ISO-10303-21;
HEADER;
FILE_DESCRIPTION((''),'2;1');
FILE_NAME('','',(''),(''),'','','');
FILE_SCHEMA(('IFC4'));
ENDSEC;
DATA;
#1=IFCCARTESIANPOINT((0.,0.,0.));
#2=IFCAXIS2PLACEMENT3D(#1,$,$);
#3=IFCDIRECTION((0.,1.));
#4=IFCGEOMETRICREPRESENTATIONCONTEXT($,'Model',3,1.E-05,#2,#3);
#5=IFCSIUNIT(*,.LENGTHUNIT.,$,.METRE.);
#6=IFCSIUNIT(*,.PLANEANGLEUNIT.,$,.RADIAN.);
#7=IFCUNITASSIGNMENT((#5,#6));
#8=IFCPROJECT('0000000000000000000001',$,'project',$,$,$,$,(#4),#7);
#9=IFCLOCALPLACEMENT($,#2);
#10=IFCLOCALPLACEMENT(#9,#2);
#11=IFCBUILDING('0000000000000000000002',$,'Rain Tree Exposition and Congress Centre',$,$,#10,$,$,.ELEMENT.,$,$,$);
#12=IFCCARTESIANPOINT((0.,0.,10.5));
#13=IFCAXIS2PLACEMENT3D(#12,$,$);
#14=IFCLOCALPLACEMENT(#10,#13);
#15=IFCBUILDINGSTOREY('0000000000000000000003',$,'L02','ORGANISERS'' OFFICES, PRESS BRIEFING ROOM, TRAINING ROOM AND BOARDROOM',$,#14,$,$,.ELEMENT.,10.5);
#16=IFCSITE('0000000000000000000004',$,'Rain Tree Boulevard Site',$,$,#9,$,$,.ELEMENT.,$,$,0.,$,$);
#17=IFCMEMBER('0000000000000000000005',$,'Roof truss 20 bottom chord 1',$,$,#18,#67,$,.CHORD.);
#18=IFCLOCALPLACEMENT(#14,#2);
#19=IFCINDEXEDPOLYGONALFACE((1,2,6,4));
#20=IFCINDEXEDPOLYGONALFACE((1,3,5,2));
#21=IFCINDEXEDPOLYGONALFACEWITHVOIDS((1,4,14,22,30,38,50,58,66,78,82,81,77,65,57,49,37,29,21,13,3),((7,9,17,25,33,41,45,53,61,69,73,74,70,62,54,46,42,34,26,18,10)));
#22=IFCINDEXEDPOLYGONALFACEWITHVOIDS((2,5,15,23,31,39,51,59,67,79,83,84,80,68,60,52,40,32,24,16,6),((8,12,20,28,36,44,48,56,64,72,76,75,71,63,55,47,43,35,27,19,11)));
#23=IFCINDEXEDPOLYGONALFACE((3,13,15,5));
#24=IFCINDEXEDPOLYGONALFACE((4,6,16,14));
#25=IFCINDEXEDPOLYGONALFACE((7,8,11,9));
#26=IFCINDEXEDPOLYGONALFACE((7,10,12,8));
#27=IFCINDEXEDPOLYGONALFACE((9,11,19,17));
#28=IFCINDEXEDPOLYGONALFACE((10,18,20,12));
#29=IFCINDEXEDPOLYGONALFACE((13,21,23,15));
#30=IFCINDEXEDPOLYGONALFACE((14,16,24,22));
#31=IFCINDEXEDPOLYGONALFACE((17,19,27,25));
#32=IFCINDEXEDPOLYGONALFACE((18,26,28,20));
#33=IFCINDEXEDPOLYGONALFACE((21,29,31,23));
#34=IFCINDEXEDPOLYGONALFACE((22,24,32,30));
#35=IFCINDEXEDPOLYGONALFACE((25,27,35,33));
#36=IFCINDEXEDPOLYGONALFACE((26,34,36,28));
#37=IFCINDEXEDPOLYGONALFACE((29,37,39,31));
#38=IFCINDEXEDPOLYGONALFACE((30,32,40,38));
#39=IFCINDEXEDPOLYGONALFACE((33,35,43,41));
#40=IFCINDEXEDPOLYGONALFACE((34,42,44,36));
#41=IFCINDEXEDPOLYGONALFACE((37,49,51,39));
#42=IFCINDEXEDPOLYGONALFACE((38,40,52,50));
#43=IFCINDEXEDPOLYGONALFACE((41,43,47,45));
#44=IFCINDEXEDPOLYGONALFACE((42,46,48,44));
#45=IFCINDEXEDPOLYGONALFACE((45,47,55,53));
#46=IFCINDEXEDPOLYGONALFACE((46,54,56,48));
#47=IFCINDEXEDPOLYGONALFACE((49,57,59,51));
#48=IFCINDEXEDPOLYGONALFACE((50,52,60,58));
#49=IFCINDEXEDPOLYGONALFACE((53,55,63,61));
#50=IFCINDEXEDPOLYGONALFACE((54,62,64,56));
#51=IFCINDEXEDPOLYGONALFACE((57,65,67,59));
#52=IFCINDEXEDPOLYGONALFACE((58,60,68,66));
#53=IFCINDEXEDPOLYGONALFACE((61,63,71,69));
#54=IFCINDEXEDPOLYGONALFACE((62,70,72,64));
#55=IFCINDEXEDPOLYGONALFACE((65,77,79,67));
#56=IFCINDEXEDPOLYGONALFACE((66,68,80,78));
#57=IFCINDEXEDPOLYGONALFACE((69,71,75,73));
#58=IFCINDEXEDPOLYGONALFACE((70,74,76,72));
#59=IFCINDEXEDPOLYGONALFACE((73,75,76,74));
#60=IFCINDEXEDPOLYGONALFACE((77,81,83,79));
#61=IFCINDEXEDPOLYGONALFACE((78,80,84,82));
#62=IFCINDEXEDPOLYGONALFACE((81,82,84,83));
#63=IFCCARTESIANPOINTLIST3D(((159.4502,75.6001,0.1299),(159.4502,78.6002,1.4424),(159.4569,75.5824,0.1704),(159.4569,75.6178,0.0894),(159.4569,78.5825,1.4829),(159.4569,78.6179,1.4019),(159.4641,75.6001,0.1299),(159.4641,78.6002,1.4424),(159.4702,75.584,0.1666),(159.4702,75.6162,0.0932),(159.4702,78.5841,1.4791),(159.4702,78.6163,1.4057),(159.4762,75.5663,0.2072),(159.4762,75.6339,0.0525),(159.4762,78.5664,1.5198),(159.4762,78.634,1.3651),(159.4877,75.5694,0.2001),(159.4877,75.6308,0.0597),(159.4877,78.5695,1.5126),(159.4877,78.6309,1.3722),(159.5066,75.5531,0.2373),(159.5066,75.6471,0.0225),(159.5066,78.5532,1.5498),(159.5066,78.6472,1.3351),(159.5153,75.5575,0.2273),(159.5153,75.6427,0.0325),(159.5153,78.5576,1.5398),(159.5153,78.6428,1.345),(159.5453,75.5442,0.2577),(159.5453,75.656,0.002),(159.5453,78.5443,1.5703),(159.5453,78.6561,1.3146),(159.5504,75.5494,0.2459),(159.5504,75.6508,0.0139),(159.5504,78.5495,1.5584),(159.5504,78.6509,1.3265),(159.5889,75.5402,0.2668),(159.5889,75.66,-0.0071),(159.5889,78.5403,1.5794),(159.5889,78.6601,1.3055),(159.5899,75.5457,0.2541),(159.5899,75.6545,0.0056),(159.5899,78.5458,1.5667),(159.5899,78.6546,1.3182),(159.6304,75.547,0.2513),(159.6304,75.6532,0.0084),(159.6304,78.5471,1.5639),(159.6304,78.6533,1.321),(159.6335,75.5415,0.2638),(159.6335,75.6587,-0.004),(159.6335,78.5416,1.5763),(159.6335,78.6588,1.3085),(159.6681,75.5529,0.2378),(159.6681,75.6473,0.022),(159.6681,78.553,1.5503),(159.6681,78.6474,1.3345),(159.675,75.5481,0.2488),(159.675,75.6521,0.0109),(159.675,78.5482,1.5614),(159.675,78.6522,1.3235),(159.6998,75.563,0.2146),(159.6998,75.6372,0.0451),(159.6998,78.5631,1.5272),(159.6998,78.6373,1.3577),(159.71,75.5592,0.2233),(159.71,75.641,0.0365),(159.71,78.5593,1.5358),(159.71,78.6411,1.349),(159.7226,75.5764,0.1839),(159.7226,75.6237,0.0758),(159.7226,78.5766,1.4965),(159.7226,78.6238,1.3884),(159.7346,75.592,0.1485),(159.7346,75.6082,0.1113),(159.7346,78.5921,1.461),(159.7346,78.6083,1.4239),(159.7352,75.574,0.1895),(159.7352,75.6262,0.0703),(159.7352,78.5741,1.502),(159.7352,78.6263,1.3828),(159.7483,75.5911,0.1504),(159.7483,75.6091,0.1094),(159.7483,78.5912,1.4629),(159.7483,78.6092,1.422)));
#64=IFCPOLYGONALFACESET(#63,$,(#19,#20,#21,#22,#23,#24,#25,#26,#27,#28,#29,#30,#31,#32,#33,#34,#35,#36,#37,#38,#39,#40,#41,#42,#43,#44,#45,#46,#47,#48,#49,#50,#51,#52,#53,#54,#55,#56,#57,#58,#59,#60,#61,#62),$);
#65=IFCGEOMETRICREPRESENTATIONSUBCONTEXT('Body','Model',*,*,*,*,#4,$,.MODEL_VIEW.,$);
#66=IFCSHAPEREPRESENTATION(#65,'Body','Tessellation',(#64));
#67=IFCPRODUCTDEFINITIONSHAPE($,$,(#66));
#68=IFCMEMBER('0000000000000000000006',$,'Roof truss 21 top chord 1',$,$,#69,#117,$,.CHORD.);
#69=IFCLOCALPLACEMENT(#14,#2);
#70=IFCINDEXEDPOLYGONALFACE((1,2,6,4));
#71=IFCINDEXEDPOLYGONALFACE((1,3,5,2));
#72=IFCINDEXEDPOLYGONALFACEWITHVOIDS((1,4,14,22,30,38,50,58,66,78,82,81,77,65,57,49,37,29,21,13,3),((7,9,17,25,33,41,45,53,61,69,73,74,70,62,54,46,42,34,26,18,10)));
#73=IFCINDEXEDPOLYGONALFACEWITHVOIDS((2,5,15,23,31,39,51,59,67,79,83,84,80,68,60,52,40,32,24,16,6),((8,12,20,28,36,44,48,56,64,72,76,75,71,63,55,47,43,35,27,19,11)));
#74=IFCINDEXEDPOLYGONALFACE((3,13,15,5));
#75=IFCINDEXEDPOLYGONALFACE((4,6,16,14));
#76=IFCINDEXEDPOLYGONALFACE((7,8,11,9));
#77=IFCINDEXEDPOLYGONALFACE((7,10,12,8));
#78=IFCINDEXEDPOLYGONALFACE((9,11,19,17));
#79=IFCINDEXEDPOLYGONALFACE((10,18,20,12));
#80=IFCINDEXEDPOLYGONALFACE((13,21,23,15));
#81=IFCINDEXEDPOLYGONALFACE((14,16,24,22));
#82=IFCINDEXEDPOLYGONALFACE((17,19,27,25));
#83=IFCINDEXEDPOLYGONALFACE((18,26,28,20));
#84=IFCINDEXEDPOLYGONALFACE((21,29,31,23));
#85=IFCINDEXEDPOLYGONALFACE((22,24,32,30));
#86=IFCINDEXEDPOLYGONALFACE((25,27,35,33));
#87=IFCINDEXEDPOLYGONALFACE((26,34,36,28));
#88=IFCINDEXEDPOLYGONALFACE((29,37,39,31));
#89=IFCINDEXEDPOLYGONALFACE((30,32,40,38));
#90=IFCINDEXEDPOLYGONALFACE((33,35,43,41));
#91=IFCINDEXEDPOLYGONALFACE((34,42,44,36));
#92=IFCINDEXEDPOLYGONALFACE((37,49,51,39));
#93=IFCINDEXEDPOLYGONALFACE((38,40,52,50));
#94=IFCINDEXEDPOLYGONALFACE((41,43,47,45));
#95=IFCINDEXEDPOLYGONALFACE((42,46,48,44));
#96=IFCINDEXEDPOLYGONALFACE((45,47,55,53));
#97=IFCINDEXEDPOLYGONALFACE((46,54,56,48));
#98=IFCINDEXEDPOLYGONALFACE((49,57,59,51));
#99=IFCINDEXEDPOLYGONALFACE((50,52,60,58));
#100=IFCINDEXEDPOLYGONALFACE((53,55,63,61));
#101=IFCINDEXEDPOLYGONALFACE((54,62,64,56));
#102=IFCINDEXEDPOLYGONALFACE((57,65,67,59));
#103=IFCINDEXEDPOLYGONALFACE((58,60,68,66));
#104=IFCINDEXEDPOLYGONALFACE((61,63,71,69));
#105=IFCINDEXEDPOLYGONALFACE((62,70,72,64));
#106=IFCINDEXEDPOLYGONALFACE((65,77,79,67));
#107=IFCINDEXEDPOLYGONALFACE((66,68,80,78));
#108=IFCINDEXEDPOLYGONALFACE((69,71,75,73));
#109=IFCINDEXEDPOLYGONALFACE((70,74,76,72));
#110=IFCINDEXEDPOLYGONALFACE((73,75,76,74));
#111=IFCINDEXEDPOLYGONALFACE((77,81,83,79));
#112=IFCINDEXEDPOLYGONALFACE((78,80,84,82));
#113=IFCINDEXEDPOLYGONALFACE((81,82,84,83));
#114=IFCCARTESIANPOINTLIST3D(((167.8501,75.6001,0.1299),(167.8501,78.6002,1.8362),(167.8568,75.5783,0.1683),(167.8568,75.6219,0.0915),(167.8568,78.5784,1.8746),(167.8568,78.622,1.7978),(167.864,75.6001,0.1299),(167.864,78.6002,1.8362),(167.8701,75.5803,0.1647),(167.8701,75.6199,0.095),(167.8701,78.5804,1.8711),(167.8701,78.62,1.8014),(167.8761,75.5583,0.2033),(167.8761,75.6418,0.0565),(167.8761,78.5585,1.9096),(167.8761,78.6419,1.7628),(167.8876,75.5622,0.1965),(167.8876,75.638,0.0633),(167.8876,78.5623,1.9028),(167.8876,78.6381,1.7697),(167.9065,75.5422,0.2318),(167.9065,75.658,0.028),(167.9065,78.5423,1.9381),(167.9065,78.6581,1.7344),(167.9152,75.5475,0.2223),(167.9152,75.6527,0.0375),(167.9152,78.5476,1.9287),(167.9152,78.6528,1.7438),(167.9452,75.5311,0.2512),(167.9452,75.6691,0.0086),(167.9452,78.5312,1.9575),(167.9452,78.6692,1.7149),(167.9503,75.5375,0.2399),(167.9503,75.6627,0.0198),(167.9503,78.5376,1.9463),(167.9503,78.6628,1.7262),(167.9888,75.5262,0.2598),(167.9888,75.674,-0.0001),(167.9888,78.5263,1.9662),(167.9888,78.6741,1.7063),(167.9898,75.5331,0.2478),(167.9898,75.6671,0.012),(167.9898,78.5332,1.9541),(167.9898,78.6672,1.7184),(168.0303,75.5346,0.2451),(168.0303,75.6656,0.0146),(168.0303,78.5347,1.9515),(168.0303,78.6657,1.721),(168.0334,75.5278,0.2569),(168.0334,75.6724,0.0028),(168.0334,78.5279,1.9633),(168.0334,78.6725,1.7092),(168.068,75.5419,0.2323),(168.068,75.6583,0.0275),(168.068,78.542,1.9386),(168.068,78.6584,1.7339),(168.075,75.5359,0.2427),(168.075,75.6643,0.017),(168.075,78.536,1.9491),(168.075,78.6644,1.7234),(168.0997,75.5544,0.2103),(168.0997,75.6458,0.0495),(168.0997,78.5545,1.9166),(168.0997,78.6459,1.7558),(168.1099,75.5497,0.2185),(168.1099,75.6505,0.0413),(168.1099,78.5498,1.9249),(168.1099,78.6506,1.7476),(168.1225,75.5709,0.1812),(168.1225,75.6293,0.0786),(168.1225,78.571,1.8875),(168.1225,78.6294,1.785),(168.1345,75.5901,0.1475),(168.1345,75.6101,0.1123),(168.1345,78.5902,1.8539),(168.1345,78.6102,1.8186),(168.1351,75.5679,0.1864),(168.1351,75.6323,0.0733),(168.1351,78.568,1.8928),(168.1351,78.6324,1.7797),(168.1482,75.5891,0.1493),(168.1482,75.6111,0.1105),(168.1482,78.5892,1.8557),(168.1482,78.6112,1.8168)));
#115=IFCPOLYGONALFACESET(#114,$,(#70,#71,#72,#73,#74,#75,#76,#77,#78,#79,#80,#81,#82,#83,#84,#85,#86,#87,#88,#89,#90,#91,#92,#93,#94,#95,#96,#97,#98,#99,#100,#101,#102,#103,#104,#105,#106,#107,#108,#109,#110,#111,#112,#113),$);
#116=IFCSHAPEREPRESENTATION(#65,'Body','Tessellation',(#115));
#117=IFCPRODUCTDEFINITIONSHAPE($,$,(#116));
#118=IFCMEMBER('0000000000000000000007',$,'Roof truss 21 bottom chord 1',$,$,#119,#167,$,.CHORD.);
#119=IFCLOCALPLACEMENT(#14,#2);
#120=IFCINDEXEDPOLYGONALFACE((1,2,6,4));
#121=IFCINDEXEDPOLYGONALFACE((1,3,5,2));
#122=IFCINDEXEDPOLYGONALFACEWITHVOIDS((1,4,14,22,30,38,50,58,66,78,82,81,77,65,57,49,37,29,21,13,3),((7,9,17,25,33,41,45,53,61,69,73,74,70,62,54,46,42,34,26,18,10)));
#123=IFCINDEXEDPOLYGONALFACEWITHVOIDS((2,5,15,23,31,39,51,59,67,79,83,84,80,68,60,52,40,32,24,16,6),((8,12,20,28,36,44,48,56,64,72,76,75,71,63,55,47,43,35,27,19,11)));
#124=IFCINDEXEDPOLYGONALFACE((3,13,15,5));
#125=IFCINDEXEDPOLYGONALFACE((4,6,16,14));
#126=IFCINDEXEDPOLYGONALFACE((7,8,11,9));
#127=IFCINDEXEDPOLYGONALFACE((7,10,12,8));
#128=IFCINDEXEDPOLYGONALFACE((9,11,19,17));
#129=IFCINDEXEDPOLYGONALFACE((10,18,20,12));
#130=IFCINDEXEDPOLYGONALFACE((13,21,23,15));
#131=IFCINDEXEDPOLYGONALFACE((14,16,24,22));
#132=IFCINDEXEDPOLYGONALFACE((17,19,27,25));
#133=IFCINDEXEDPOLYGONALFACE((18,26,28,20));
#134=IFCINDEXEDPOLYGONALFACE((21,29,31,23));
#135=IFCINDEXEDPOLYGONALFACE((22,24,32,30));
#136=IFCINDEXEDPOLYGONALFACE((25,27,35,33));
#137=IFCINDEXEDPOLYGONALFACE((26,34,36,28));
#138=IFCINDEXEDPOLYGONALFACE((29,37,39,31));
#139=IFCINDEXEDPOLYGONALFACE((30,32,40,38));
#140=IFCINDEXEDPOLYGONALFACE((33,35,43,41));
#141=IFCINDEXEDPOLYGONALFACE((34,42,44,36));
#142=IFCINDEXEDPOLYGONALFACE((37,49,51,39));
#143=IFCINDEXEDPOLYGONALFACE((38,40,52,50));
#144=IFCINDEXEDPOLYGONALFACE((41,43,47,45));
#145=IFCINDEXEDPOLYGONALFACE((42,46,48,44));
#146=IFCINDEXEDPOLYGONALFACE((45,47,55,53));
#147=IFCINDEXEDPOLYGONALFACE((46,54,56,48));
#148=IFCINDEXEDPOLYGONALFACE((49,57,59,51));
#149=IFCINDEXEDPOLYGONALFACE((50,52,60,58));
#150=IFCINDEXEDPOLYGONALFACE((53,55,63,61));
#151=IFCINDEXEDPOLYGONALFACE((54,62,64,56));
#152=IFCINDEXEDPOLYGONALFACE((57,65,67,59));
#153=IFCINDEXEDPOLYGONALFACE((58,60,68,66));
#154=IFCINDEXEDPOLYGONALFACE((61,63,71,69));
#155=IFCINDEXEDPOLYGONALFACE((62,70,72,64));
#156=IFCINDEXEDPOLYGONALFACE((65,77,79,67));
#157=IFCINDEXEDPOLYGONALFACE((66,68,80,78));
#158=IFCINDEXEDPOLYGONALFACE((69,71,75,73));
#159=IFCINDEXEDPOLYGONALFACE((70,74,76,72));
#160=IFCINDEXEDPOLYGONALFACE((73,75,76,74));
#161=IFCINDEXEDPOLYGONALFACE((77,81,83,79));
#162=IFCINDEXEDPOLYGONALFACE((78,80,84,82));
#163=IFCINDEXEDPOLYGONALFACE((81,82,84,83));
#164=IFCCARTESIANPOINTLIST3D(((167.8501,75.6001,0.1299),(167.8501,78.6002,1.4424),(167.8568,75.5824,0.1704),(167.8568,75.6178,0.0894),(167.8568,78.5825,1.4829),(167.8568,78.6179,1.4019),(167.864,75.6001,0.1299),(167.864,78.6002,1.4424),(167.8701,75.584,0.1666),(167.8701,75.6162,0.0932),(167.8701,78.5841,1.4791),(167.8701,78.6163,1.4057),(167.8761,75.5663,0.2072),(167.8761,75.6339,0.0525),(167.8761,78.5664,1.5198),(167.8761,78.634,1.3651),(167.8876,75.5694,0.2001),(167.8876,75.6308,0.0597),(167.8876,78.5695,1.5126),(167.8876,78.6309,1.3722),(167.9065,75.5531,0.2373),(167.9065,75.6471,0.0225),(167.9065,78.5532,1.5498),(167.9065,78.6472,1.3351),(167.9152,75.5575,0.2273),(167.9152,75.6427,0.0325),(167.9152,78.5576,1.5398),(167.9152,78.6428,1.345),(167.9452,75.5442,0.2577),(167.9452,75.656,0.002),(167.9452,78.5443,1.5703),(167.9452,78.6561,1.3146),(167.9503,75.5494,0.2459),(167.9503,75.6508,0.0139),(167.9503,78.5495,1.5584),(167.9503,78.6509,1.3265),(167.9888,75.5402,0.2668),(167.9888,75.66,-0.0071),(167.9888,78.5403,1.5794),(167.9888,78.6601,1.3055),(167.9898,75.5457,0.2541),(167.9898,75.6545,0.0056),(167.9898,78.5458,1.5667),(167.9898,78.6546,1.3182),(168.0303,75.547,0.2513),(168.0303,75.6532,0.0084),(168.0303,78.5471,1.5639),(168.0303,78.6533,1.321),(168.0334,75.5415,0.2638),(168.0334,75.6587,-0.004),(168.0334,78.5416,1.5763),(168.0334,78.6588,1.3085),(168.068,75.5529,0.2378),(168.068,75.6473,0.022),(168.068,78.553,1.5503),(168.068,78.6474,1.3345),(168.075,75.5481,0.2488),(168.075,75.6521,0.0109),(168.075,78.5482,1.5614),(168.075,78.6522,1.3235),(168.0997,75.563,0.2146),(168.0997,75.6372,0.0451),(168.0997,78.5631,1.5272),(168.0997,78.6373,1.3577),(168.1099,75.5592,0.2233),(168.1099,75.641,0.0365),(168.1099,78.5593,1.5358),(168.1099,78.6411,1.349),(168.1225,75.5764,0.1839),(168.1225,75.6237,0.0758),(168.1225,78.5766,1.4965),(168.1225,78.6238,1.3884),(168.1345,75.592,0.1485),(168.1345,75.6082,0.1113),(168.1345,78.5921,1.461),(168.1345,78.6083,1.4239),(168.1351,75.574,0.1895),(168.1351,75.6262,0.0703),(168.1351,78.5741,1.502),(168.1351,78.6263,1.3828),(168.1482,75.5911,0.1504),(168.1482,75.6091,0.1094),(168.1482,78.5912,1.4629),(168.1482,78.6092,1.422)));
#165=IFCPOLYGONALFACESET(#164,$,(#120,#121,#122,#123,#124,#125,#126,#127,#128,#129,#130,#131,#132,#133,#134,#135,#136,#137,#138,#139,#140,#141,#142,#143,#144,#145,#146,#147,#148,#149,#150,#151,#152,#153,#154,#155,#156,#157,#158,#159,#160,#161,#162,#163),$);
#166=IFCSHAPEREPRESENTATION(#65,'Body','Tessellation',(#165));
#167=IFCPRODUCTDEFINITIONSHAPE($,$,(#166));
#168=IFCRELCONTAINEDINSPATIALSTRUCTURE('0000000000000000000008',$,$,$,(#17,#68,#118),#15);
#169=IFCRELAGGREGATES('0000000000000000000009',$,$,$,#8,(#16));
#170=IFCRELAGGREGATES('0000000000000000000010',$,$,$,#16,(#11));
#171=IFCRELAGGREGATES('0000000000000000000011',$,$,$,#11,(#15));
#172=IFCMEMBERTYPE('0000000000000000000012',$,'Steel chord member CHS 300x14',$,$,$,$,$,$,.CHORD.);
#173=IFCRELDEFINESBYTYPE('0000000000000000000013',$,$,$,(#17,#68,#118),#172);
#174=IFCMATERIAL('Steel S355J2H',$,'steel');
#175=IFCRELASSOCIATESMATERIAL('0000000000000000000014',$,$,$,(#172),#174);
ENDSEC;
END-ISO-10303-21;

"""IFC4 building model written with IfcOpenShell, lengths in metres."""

from ifc_helpers import new_model, si_unit, direction, frame, origin, origin_2d, place, context, subcontext, project, spatial, hollow_circle, extrude, material, material_profile, profile_set, type_object, element, save


model = new_model("IFC4")

# Units and contexts
model_context = context("Model", 3, precision=1e-05, world=origin(), true_north=direction((0.0, 1.0)))
body_context = subcontext(model_context, "Body", "Model", "MODEL_VIEW")
ifc_project = project(units=[si_unit("LENGTHUNIT", "METRE"), si_unit("PLANEANGLEUNIT", "RADIAN")], contexts=[model_context])

# Site, building, storey
site_placement = place(None, origin())
site = spatial("IfcSite", under=ifc_project, at=site_placement, Name="Rain Tree Boulevard Site", CompositionType="ELEMENT", RefElevation=0.0)
building_placement = place(site_placement, origin())
building = spatial("IfcBuilding", under=site, at=building_placement, Name="Rain Tree Exposition and Congress Centre", CompositionType="ELEMENT")
storey_placement = place(building_placement, frame((0.0, 0.0, 10.5)))
storey = spatial("IfcBuildingStorey", under=building, at=storey_placement, Name="L02", Description="ORGANISERS' OFFICES, PRESS BRIEFING ROOM, TRAINING ROOM AND BOARDROOM", CompositionType="ELEMENT", Elevation=10.5)

# Members
ifc_material_1 = material(Name="Steel S355J2H", Category="steel")
ifc_material_profile_1 = material_profile(ifc_material_1, hollow_circle(Radius=0.1499, WallThickness=0.0139, at=origin_2d()), Name="CHS 300x14")
ifc_profile_set_1 = profile_set([ifc_material_profile_1], Name="Steel S355J2H")
member_type_1 = type_object("IfcMemberType", Name="Steel chord member CHS 300x14", PredefinedType="CHORD", material=ifc_profile_set_1)
member_1_placement = place(storey_placement, frame((159.6001, 75.6001, 0.1299), z_axis=(0.0, 0.916157, 0.400819), x_axis=(-1.0, 0.0, 0.0)))
element("IfcMember", 1, at=member_1_placement, inside=storey, type_object=member_type_1, Name="Roof truss 20 bottom chord 1", PredefinedType="CHORD", context=body_context, shape_type="SweptSolid", body=[
    extrude(hollow_circle(Radius=0.1499, WallThickness=0.0139, at=origin_2d()), origin(), (0.0, 0.0, 1.0), 3.2747),
])
member_2_placement = place(storey_placement, frame((168.0, 75.6001, 0.1299), z_axis=(0.0, 0.869238, 0.494393), x_axis=(-1.0, 0.0, 0.0)))
element("IfcMember", 2, at=member_2_placement, inside=storey, type_object=member_type_1, Name="Roof truss 21 top chord 1", PredefinedType="CHORD", context=body_context, shape_type="SweptSolid", body=[
    extrude(hollow_circle(Radius=0.1499, WallThickness=0.0139, at=origin_2d()), origin(), (0.0, 0.0, 1.0), 3.4514),
])
member_3_placement = place(storey_placement, frame((168.0, 75.6001, 0.1299), z_axis=(0.0, 0.916157, 0.400819), x_axis=(-1.0, 0.0, 0.0)))
element("IfcMember", 3, at=member_3_placement, inside=storey, type_object=member_type_1, Name="Roof truss 21 bottom chord 1", PredefinedType="CHORD", context=body_context, shape_type="SweptSolid", body=[
    extrude(hollow_circle(Radius=0.1499, WallThickness=0.0139, at=origin_2d()), origin(), (0.0, 0.0, 1.0), 3.2747),
])

save(model, "model.ifc")
